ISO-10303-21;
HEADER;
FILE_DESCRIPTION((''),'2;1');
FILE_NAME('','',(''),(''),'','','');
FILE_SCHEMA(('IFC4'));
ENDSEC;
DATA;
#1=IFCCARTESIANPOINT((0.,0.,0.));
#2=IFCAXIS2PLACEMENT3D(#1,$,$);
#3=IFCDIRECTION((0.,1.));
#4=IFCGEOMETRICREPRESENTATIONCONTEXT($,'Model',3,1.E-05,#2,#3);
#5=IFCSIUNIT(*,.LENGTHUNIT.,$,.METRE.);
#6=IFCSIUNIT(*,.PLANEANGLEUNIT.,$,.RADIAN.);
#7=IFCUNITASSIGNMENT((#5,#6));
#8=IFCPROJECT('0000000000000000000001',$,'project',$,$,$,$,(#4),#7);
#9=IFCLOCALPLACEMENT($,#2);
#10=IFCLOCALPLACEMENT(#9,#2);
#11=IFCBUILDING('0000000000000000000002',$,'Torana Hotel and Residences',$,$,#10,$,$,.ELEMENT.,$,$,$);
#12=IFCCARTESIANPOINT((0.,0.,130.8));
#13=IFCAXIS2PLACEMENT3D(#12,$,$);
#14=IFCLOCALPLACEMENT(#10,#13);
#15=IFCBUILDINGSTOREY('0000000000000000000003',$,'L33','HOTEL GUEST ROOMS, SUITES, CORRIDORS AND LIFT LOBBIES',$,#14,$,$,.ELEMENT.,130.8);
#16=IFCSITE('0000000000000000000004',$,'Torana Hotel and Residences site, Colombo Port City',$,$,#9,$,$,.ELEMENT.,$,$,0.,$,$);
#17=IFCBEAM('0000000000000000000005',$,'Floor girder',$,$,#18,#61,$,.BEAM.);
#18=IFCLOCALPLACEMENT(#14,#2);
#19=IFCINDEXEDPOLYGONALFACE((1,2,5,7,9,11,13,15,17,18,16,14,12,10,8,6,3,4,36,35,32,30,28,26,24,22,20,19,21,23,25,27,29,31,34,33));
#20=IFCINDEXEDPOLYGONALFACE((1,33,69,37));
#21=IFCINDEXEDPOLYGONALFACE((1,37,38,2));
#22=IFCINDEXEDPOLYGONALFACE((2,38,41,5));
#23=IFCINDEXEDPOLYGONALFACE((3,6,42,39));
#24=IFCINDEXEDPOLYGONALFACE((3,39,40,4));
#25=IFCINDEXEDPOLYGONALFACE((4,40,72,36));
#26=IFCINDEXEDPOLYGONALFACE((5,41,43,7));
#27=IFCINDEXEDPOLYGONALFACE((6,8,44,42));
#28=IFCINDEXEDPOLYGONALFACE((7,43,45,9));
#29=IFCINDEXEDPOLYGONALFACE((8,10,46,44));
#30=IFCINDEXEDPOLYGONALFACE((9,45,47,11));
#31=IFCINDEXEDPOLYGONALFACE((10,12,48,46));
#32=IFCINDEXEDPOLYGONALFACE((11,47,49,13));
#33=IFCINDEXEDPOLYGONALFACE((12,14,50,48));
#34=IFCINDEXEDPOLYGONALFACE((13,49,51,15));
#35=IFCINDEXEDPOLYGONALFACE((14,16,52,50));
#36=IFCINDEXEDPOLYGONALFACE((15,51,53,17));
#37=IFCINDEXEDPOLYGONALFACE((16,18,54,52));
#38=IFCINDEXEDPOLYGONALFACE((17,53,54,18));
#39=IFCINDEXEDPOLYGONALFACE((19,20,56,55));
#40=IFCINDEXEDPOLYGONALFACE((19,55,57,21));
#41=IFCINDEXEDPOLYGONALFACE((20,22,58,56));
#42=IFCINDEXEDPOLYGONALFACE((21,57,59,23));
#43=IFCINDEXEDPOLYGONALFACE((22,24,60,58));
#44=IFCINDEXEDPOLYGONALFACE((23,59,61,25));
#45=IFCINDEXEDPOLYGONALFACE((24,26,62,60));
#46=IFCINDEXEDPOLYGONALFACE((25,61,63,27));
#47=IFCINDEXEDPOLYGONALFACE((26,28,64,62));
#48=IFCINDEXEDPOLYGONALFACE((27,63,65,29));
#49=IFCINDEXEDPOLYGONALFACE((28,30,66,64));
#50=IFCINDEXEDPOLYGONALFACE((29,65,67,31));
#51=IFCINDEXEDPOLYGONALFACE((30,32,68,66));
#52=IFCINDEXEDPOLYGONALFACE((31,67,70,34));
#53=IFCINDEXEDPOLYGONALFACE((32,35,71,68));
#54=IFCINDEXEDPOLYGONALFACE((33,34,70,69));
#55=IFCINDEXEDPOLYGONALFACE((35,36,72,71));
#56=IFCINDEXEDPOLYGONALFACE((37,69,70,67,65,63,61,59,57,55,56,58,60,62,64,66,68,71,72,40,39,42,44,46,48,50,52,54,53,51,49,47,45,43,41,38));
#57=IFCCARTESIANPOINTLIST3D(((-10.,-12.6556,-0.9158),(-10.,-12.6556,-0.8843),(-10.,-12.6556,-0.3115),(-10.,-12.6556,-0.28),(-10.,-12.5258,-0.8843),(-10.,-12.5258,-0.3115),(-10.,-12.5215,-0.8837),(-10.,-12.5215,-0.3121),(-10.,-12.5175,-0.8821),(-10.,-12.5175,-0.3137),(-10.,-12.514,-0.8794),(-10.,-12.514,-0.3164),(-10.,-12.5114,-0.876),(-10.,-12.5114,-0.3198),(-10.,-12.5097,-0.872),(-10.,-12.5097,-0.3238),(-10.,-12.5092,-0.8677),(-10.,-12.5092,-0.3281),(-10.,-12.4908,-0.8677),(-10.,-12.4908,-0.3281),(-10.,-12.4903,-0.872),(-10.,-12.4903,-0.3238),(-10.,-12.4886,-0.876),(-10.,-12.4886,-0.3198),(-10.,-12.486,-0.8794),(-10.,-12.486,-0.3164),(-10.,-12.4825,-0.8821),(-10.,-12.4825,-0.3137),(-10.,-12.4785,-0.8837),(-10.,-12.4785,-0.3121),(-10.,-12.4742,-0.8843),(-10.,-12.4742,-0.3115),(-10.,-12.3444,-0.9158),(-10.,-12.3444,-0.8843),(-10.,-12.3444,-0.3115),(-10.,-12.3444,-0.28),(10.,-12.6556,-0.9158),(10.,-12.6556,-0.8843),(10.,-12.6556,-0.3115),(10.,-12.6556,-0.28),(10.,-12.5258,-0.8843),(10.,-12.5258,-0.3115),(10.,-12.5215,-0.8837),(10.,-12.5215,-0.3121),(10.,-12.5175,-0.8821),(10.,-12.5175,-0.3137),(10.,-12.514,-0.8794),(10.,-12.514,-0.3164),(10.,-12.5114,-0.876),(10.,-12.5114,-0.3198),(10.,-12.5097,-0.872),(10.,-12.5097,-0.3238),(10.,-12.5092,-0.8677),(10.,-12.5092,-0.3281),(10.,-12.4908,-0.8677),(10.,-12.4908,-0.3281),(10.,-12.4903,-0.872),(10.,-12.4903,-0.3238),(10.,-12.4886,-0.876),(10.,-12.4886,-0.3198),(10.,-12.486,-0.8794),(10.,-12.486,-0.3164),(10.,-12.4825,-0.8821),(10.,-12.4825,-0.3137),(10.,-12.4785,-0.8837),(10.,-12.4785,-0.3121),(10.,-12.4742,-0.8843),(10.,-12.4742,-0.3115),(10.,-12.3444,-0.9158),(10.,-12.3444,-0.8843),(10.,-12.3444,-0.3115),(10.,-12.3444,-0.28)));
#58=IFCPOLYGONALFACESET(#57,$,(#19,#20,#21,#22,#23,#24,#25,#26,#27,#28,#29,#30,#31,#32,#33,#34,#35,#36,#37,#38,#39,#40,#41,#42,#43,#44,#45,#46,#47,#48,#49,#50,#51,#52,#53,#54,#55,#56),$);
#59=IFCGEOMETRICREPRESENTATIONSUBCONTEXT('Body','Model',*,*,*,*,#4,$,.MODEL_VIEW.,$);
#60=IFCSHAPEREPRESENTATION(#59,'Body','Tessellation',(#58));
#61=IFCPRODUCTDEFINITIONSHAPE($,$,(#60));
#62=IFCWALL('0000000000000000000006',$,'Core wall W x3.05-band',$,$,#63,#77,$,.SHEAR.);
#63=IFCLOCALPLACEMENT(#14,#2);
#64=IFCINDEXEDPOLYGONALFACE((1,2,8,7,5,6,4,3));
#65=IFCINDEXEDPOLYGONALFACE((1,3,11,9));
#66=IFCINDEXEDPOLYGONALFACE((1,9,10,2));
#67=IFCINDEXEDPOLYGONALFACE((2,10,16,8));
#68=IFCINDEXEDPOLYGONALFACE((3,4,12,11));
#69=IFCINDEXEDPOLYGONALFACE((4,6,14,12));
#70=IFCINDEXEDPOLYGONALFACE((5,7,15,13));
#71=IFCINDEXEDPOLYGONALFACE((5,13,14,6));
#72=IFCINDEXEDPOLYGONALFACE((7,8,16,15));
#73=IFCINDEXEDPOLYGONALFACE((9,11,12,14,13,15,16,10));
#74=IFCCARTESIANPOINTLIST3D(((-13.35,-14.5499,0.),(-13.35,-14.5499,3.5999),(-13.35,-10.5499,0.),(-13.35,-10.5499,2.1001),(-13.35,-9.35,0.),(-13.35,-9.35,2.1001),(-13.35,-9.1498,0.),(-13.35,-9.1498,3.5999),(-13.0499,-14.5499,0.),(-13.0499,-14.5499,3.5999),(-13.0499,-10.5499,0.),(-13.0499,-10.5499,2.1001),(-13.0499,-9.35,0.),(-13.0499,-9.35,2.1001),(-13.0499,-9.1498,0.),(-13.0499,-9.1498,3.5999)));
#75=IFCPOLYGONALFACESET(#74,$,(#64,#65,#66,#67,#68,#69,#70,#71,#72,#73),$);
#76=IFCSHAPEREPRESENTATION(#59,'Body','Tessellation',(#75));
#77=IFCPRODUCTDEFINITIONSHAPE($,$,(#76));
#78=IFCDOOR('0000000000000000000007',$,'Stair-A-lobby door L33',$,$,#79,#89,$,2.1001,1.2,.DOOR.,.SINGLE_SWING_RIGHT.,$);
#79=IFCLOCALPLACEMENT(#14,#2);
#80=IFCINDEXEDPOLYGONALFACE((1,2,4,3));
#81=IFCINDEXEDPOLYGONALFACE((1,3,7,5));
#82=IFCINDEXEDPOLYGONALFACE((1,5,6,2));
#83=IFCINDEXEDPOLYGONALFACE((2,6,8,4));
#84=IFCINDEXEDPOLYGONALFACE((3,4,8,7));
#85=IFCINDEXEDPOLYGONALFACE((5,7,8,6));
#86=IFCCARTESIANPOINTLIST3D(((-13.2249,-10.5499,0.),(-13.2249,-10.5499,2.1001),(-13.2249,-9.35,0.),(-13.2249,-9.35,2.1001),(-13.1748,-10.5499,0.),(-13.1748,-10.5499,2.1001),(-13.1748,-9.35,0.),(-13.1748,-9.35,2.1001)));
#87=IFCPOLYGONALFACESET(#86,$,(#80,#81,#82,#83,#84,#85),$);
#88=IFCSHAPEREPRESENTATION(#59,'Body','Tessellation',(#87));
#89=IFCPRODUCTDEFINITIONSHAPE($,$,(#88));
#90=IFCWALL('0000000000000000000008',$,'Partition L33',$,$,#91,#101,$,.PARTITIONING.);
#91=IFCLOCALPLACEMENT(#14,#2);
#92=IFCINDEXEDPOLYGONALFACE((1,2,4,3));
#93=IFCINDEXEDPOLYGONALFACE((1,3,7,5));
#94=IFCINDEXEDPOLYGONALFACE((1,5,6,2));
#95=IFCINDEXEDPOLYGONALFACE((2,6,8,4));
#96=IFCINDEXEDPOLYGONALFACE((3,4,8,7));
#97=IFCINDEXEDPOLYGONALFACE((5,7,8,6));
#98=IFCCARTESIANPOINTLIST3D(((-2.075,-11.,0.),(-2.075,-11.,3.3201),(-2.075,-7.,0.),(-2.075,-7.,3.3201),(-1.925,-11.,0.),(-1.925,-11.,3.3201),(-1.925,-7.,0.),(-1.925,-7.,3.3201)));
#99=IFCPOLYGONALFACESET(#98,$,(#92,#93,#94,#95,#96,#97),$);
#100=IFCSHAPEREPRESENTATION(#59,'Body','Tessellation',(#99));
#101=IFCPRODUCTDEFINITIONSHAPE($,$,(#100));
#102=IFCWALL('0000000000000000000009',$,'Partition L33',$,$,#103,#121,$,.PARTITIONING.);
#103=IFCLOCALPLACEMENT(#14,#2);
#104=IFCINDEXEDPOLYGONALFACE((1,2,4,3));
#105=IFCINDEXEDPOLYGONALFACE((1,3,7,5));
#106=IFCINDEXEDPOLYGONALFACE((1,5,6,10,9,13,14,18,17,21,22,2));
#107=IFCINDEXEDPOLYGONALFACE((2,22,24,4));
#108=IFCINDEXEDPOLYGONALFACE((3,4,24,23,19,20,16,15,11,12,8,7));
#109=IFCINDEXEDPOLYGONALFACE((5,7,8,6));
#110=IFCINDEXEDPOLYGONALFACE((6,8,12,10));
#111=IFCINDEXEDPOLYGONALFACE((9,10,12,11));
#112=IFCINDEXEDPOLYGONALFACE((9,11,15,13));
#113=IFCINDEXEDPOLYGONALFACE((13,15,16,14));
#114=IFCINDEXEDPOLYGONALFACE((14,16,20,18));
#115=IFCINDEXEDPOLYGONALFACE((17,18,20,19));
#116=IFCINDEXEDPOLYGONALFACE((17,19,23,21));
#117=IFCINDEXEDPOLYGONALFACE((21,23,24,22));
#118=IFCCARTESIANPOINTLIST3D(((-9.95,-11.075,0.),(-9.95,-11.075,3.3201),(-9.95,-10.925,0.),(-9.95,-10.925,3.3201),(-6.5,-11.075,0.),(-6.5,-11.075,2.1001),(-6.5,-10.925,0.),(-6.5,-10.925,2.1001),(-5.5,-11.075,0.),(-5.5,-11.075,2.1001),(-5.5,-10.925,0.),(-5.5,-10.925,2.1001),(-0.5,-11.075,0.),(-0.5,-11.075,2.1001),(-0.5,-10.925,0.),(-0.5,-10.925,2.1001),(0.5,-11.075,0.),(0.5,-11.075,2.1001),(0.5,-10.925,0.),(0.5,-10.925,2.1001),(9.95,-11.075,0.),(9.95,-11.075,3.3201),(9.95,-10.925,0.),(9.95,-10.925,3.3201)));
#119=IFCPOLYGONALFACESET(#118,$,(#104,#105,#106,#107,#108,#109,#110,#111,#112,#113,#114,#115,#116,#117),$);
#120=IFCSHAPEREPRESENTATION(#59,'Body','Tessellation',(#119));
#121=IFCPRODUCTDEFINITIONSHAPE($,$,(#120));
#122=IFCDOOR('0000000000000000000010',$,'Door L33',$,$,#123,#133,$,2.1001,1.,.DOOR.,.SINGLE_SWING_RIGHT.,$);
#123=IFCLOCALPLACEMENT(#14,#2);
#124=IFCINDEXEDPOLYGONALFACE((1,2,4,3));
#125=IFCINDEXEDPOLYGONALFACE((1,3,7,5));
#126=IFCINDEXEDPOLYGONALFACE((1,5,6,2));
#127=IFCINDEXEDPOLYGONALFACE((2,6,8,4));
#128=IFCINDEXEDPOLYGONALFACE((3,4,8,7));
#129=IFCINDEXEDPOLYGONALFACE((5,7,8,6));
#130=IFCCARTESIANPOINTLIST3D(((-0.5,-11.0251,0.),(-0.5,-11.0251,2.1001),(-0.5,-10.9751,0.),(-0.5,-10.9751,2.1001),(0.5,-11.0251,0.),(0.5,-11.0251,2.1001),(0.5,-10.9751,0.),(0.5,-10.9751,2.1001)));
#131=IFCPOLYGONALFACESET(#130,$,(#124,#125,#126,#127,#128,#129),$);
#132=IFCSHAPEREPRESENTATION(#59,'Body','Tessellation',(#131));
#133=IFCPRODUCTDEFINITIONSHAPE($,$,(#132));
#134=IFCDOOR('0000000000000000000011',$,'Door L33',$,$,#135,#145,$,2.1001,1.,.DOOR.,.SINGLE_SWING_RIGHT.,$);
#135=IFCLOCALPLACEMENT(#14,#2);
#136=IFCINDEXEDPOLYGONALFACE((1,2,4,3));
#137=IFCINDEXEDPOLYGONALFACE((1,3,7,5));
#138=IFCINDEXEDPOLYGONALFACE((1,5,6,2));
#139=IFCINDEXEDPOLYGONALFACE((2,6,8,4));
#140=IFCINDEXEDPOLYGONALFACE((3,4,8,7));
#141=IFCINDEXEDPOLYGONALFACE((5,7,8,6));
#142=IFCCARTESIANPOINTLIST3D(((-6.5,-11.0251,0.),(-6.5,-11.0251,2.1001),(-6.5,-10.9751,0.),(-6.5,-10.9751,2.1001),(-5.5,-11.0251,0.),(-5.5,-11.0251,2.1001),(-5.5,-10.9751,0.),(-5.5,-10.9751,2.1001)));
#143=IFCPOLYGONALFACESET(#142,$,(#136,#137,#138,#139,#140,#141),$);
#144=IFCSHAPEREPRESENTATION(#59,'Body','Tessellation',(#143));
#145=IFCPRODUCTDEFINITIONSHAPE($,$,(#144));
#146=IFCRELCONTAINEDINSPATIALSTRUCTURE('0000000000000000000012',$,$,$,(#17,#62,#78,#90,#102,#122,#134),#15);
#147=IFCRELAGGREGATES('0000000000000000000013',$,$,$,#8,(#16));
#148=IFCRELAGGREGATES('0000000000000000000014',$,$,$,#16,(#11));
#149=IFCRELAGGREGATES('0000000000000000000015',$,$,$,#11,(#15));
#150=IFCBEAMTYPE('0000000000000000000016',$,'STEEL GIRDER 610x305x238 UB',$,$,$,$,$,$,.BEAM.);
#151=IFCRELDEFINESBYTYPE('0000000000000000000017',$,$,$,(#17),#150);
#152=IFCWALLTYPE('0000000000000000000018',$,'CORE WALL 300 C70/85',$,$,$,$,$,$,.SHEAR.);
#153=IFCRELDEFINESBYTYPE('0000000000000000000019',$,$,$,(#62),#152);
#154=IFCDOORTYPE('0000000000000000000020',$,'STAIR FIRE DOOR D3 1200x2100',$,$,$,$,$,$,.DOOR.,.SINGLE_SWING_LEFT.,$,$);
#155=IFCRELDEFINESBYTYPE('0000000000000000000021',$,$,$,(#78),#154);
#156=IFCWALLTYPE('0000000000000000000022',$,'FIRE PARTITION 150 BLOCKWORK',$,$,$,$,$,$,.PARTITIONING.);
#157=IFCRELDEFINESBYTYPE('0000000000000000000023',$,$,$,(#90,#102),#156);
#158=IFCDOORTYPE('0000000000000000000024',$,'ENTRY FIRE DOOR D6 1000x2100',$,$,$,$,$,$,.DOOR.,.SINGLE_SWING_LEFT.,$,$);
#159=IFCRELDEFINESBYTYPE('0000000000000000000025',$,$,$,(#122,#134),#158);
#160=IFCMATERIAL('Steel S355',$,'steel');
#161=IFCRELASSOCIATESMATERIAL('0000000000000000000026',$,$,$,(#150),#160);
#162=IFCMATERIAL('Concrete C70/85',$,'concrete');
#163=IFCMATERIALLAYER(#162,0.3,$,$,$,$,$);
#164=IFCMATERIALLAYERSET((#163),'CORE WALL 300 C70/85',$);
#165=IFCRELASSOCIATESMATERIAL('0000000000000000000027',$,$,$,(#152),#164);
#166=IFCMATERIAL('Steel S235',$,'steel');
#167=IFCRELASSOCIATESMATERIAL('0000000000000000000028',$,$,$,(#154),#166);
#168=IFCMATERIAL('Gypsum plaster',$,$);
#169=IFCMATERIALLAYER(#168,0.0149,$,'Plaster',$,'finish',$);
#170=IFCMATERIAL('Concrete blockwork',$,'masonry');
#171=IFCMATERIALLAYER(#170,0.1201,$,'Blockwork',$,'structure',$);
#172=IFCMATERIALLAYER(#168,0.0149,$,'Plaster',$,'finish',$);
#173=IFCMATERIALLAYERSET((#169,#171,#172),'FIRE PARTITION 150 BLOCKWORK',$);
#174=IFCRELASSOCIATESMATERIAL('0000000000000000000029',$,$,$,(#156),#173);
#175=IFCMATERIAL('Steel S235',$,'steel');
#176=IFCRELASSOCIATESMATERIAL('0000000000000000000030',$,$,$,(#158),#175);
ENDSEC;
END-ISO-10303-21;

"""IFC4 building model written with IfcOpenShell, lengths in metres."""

from ifc_helpers import new_model, si_unit, direction, frame, frame_2d, origin, origin_2d, place, context, subcontext, project, spatial, rectangle, i_section, extrude, material, layer, layer_set, material_profile, profile_set, type_object, element, fill, save


model = new_model("IFC4")

# Units and contexts
model_context = context("Model", 3, precision=1e-05, world=origin(), true_north=direction((0.0, 1.0)))
body_context = subcontext(model_context, "Body", "Model", "MODEL_VIEW")
ifc_project = project(units=[si_unit("LENGTHUNIT", "METRE"), si_unit("PLANEANGLEUNIT", "RADIAN")], contexts=[model_context])

# Site, building, storey
site_placement = place(None, origin())
site = spatial("IfcSite", under=ifc_project, at=site_placement, Name="Torana Hotel and Residences site, Colombo Port City", CompositionType="ELEMENT", RefElevation=0.0)
building_placement = place(site_placement, origin())
building = spatial("IfcBuilding", under=site, at=building_placement, Name="Torana Hotel and Residences", CompositionType="ELEMENT")
storey_placement = place(building_placement, frame((0.0, 0.0, 130.8)))
storey = spatial("IfcBuildingStorey", under=building, at=storey_placement, Name="L33", Description="HOTEL GUEST ROOMS, SUITES, CORRIDORS AND LIFT LOBBIES", CompositionType="ELEMENT", Elevation=130.8)

# Beam
ifc_material_1 = material(Name="Steel S355", Category="steel")
ifc_material_profile = material_profile(ifc_material_1, i_section(OverallWidth=0.3113, OverallDepth=0.6357, WebThickness=0.0183, FlangeThickness=0.0315, FilletRadius=0.0166, at=origin_2d()), Name="610x305x238 UB")
ifc_profile_set = profile_set([ifc_material_profile], Name="Steel S355")
beam_type = type_object("IfcBeamType", Name="STEEL GIRDER 610x305x238 UB", PredefinedType="BEAM", material=ifc_profile_set)
beam_placement = place(storey_placement, frame((-10.0, -12.5, -0.5979), z_axis=(1.0, 0.0, 0.0), x_axis=(0.0, 1.0, 0.0)))
element("IfcBeam", 1, at=beam_placement, inside=storey, type_object=beam_type, Name="Floor girder", PredefinedType="BEAM", context=body_context, shape_type="SweptSolid", body=[
    extrude(i_section(OverallWidth=0.3113, OverallDepth=0.6357, WebThickness=0.0183, FlangeThickness=0.0315, FilletRadius=0.0166, at=origin_2d()), origin(), (0.0, 0.0, 1.0), 20.0),
])

# Wall, opening, door
ifc_material_2 = material(Name="Concrete C70/85", Category="concrete")
ifc_layer_1 = layer(ifc_material_2, 0.3)
ifc_layer_set_1 = layer_set([ifc_layer_1], Name="CORE WALL 300 C70/85")
wall_type_1 = type_object("IfcWallType", Name="CORE WALL 300 C70/85", PredefinedType="SHEAR", material=ifc_layer_set_1)
wall_1_placement = place(storey_placement, frame((-13.2, -14.55, 0.0), z_axis=(0.0, 0.0, 1.0), x_axis=(0.0, 1.0, 0.0)))
wall_1 = element("IfcWall", 2, at=wall_1_placement, inside=storey, type_object=wall_type_1, Name="Core wall W x3.05-band", PredefinedType="SHEAR", context=body_context, shape_type="SweptSolid", body=[
    extrude(rectangle(XDim=5.4001, YDim=0.3, at=frame_2d((2.7002, 0.0))), origin(), (0.0, 0.0, 1.0), 3.5999),
])
opening_1_placement = place(wall_1_placement, frame((4.0, 0.0, 0.0)))
opening_1 = element("IfcOpeningElement", 3, at=opening_1_placement, cuts=wall_1, PredefinedType="OPENING", context=body_context, shape_type="SweptSolid", body=[
    extrude(rectangle(XDim=1.2, YDim=2.1001, at=frame_2d((0.6001, 1.05))), frame((0.0, 0.1599, 0.0), z_axis=(0.0, -1.0, 0.0), x_axis=(1.0, 0.0, 0.0)), (0.0, 0.0, 1.0), 0.3201),
])
ifc_material_3 = material(Name="Steel S235", Category="steel")
door_type_1 = type_object("IfcDoorType", Name="STAIR FIRE DOOR D3 1200x2100", OperationType="SINGLE_SWING_LEFT", PredefinedType="DOOR", material=ifc_material_3)
door_1_placement = place(opening_1_placement, frame((0.6001, 0.0, 0.0), z_axis=(0.0, 0.0, 1.0), x_axis=(-1.0, 0.0, 0.0)))
door_1 = element("IfcDoor", 4, at=door_1_placement, inside=storey, type_object=door_type_1, Name="Stair-A-lobby door L33", OperationType="SINGLE_SWING_RIGHT", OverallHeight=2.1001, OverallWidth=1.2, PredefinedType="DOOR", context=body_context, shape_type="SweptSolid", body=[
    extrude(rectangle(XDim=1.2, YDim=2.1001, at=frame_2d((0.0, 1.05))), frame((0.0, -0.0249, 0.0), z_axis=(0.0, 1.0, 0.0), x_axis=(-1.0, 0.0, 0.0)), (0.0, 0.0, 1.0), 0.05),
])
fill(opening_1, door_1)

# Wall
ifc_material_4 = material(Name="Gypsum plaster")
ifc_layer_2 = layer(ifc_material_4, 0.0149, Name="Plaster", Category="finish")
ifc_material_5 = material(Name="Concrete blockwork", Category="masonry")
ifc_layer_3 = layer(ifc_material_5, 0.1201, Name="Blockwork", Category="structure")
ifc_layer_4 = layer(ifc_material_4, 0.0149, Name="Plaster", Category="finish")
ifc_layer_set_2 = layer_set([ifc_layer_2, ifc_layer_3, ifc_layer_4], Name="FIRE PARTITION 150 BLOCKWORK")
wall_type_2 = type_object("IfcWallType", Name="FIRE PARTITION 150 BLOCKWORK", PredefinedType="PARTITIONING", material=ifc_layer_set_2)
wall_2_placement = place(storey_placement, frame((-2.0, -11.0, 0.0), z_axis=(0.0, 0.0, 1.0), x_axis=(0.0, 1.0, 0.0)))
element("IfcWall", 5, at=wall_2_placement, inside=storey, type_object=wall_type_2, Name="Partition L33", PredefinedType="PARTITIONING", context=body_context, shape_type="SweptSolid", body=[
    extrude(rectangle(XDim=4.0, YDim=0.1499, at=frame_2d((2.0, 0.0))), origin(), (0.0, 0.0, 1.0), 3.3201),
])

# Wall, openings, doors
wall_3_placement = place(storey_placement, frame((-9.95, -11.0, 0.0), z_axis=(0.0, 0.0, 1.0), x_axis=(1.0, 0.0, 0.0)))
wall_3 = element("IfcWall", 6, at=wall_3_placement, inside=storey, type_object=wall_type_2, Name="Partition L33", PredefinedType="PARTITIONING", context=body_context, shape_type="SweptSolid", body=[
    extrude(rectangle(XDim=19.8999, YDim=0.1499, at=frame_2d((9.95, 0.0))), origin(), (0.0, 0.0, 1.0), 3.3201),
])
opening_2_placement = place(wall_3_placement, frame((9.45, 0.0, 0.0)))
opening_2 = element("IfcOpeningElement", 7, at=opening_2_placement, cuts=wall_3, PredefinedType="OPENING", context=body_context, shape_type="SweptSolid", body=[
    extrude(rectangle(XDim=1.0, YDim=2.1001, at=frame_2d((0.5, 1.05))), frame((0.0, 0.085, 0.0), z_axis=(0.0, -1.0, 0.0), x_axis=(1.0, 0.0, 0.0)), (0.0, 0.0, 1.0), 0.1699),
])
opening_3_placement = place(wall_3_placement, frame((3.45, 0.0, 0.0)))
opening_3 = element("IfcOpeningElement", 8, at=opening_3_placement, cuts=wall_3, PredefinedType="OPENING", context=body_context, shape_type="SweptSolid", body=[
    extrude(rectangle(XDim=1.0, YDim=2.1001, at=frame_2d((0.5, 1.05))), frame((0.0, 0.085, 0.0), z_axis=(0.0, -1.0, 0.0), x_axis=(1.0, 0.0, 0.0)), (0.0, 0.0, 1.0), 0.1699),
])
ifc_material_6 = material(Name="Steel S235", Category="steel")
door_type_2 = type_object("IfcDoorType", Name="ENTRY FIRE DOOR D6 1000x2100", OperationType="SINGLE_SWING_LEFT", PredefinedType="DOOR", material=ifc_material_6)
door_2_placement = place(opening_2_placement, origin())
door_2 = element("IfcDoor", 9, at=door_2_placement, inside=storey, type_object=door_type_2, Name="Door L33", OperationType="SINGLE_SWING_RIGHT", OverallHeight=2.1001, OverallWidth=1.0, PredefinedType="DOOR", context=body_context, shape_type="SweptSolid", body=[
    extrude(rectangle(XDim=1.0, YDim=2.1001, at=frame_2d((0.5, 1.05))), frame((0.0, 0.0249, 0.0), z_axis=(0.0, -1.0, 0.0), x_axis=(1.0, 0.0, 0.0)), (0.0, 0.0, 1.0), 0.05),
])
fill(opening_2, door_2)
door_3_placement = place(opening_3_placement, origin())
door_3 = element("IfcDoor", 10, at=door_3_placement, inside=storey, type_object=door_type_2, Name="Door L33", OperationType="SINGLE_SWING_RIGHT", OverallHeight=2.1001, OverallWidth=1.0, PredefinedType="DOOR", context=body_context, shape_type="SweptSolid", body=[
    extrude(rectangle(XDim=1.0, YDim=2.1001, at=frame_2d((0.5, 1.05))), frame((0.0, 0.0249, 0.0), z_axis=(0.0, -1.0, 0.0), x_axis=(1.0, 0.0, 0.0)), (0.0, 0.0, 1.0), 0.05),
])
fill(opening_3, door_3)

save(model, "model.ifc")
